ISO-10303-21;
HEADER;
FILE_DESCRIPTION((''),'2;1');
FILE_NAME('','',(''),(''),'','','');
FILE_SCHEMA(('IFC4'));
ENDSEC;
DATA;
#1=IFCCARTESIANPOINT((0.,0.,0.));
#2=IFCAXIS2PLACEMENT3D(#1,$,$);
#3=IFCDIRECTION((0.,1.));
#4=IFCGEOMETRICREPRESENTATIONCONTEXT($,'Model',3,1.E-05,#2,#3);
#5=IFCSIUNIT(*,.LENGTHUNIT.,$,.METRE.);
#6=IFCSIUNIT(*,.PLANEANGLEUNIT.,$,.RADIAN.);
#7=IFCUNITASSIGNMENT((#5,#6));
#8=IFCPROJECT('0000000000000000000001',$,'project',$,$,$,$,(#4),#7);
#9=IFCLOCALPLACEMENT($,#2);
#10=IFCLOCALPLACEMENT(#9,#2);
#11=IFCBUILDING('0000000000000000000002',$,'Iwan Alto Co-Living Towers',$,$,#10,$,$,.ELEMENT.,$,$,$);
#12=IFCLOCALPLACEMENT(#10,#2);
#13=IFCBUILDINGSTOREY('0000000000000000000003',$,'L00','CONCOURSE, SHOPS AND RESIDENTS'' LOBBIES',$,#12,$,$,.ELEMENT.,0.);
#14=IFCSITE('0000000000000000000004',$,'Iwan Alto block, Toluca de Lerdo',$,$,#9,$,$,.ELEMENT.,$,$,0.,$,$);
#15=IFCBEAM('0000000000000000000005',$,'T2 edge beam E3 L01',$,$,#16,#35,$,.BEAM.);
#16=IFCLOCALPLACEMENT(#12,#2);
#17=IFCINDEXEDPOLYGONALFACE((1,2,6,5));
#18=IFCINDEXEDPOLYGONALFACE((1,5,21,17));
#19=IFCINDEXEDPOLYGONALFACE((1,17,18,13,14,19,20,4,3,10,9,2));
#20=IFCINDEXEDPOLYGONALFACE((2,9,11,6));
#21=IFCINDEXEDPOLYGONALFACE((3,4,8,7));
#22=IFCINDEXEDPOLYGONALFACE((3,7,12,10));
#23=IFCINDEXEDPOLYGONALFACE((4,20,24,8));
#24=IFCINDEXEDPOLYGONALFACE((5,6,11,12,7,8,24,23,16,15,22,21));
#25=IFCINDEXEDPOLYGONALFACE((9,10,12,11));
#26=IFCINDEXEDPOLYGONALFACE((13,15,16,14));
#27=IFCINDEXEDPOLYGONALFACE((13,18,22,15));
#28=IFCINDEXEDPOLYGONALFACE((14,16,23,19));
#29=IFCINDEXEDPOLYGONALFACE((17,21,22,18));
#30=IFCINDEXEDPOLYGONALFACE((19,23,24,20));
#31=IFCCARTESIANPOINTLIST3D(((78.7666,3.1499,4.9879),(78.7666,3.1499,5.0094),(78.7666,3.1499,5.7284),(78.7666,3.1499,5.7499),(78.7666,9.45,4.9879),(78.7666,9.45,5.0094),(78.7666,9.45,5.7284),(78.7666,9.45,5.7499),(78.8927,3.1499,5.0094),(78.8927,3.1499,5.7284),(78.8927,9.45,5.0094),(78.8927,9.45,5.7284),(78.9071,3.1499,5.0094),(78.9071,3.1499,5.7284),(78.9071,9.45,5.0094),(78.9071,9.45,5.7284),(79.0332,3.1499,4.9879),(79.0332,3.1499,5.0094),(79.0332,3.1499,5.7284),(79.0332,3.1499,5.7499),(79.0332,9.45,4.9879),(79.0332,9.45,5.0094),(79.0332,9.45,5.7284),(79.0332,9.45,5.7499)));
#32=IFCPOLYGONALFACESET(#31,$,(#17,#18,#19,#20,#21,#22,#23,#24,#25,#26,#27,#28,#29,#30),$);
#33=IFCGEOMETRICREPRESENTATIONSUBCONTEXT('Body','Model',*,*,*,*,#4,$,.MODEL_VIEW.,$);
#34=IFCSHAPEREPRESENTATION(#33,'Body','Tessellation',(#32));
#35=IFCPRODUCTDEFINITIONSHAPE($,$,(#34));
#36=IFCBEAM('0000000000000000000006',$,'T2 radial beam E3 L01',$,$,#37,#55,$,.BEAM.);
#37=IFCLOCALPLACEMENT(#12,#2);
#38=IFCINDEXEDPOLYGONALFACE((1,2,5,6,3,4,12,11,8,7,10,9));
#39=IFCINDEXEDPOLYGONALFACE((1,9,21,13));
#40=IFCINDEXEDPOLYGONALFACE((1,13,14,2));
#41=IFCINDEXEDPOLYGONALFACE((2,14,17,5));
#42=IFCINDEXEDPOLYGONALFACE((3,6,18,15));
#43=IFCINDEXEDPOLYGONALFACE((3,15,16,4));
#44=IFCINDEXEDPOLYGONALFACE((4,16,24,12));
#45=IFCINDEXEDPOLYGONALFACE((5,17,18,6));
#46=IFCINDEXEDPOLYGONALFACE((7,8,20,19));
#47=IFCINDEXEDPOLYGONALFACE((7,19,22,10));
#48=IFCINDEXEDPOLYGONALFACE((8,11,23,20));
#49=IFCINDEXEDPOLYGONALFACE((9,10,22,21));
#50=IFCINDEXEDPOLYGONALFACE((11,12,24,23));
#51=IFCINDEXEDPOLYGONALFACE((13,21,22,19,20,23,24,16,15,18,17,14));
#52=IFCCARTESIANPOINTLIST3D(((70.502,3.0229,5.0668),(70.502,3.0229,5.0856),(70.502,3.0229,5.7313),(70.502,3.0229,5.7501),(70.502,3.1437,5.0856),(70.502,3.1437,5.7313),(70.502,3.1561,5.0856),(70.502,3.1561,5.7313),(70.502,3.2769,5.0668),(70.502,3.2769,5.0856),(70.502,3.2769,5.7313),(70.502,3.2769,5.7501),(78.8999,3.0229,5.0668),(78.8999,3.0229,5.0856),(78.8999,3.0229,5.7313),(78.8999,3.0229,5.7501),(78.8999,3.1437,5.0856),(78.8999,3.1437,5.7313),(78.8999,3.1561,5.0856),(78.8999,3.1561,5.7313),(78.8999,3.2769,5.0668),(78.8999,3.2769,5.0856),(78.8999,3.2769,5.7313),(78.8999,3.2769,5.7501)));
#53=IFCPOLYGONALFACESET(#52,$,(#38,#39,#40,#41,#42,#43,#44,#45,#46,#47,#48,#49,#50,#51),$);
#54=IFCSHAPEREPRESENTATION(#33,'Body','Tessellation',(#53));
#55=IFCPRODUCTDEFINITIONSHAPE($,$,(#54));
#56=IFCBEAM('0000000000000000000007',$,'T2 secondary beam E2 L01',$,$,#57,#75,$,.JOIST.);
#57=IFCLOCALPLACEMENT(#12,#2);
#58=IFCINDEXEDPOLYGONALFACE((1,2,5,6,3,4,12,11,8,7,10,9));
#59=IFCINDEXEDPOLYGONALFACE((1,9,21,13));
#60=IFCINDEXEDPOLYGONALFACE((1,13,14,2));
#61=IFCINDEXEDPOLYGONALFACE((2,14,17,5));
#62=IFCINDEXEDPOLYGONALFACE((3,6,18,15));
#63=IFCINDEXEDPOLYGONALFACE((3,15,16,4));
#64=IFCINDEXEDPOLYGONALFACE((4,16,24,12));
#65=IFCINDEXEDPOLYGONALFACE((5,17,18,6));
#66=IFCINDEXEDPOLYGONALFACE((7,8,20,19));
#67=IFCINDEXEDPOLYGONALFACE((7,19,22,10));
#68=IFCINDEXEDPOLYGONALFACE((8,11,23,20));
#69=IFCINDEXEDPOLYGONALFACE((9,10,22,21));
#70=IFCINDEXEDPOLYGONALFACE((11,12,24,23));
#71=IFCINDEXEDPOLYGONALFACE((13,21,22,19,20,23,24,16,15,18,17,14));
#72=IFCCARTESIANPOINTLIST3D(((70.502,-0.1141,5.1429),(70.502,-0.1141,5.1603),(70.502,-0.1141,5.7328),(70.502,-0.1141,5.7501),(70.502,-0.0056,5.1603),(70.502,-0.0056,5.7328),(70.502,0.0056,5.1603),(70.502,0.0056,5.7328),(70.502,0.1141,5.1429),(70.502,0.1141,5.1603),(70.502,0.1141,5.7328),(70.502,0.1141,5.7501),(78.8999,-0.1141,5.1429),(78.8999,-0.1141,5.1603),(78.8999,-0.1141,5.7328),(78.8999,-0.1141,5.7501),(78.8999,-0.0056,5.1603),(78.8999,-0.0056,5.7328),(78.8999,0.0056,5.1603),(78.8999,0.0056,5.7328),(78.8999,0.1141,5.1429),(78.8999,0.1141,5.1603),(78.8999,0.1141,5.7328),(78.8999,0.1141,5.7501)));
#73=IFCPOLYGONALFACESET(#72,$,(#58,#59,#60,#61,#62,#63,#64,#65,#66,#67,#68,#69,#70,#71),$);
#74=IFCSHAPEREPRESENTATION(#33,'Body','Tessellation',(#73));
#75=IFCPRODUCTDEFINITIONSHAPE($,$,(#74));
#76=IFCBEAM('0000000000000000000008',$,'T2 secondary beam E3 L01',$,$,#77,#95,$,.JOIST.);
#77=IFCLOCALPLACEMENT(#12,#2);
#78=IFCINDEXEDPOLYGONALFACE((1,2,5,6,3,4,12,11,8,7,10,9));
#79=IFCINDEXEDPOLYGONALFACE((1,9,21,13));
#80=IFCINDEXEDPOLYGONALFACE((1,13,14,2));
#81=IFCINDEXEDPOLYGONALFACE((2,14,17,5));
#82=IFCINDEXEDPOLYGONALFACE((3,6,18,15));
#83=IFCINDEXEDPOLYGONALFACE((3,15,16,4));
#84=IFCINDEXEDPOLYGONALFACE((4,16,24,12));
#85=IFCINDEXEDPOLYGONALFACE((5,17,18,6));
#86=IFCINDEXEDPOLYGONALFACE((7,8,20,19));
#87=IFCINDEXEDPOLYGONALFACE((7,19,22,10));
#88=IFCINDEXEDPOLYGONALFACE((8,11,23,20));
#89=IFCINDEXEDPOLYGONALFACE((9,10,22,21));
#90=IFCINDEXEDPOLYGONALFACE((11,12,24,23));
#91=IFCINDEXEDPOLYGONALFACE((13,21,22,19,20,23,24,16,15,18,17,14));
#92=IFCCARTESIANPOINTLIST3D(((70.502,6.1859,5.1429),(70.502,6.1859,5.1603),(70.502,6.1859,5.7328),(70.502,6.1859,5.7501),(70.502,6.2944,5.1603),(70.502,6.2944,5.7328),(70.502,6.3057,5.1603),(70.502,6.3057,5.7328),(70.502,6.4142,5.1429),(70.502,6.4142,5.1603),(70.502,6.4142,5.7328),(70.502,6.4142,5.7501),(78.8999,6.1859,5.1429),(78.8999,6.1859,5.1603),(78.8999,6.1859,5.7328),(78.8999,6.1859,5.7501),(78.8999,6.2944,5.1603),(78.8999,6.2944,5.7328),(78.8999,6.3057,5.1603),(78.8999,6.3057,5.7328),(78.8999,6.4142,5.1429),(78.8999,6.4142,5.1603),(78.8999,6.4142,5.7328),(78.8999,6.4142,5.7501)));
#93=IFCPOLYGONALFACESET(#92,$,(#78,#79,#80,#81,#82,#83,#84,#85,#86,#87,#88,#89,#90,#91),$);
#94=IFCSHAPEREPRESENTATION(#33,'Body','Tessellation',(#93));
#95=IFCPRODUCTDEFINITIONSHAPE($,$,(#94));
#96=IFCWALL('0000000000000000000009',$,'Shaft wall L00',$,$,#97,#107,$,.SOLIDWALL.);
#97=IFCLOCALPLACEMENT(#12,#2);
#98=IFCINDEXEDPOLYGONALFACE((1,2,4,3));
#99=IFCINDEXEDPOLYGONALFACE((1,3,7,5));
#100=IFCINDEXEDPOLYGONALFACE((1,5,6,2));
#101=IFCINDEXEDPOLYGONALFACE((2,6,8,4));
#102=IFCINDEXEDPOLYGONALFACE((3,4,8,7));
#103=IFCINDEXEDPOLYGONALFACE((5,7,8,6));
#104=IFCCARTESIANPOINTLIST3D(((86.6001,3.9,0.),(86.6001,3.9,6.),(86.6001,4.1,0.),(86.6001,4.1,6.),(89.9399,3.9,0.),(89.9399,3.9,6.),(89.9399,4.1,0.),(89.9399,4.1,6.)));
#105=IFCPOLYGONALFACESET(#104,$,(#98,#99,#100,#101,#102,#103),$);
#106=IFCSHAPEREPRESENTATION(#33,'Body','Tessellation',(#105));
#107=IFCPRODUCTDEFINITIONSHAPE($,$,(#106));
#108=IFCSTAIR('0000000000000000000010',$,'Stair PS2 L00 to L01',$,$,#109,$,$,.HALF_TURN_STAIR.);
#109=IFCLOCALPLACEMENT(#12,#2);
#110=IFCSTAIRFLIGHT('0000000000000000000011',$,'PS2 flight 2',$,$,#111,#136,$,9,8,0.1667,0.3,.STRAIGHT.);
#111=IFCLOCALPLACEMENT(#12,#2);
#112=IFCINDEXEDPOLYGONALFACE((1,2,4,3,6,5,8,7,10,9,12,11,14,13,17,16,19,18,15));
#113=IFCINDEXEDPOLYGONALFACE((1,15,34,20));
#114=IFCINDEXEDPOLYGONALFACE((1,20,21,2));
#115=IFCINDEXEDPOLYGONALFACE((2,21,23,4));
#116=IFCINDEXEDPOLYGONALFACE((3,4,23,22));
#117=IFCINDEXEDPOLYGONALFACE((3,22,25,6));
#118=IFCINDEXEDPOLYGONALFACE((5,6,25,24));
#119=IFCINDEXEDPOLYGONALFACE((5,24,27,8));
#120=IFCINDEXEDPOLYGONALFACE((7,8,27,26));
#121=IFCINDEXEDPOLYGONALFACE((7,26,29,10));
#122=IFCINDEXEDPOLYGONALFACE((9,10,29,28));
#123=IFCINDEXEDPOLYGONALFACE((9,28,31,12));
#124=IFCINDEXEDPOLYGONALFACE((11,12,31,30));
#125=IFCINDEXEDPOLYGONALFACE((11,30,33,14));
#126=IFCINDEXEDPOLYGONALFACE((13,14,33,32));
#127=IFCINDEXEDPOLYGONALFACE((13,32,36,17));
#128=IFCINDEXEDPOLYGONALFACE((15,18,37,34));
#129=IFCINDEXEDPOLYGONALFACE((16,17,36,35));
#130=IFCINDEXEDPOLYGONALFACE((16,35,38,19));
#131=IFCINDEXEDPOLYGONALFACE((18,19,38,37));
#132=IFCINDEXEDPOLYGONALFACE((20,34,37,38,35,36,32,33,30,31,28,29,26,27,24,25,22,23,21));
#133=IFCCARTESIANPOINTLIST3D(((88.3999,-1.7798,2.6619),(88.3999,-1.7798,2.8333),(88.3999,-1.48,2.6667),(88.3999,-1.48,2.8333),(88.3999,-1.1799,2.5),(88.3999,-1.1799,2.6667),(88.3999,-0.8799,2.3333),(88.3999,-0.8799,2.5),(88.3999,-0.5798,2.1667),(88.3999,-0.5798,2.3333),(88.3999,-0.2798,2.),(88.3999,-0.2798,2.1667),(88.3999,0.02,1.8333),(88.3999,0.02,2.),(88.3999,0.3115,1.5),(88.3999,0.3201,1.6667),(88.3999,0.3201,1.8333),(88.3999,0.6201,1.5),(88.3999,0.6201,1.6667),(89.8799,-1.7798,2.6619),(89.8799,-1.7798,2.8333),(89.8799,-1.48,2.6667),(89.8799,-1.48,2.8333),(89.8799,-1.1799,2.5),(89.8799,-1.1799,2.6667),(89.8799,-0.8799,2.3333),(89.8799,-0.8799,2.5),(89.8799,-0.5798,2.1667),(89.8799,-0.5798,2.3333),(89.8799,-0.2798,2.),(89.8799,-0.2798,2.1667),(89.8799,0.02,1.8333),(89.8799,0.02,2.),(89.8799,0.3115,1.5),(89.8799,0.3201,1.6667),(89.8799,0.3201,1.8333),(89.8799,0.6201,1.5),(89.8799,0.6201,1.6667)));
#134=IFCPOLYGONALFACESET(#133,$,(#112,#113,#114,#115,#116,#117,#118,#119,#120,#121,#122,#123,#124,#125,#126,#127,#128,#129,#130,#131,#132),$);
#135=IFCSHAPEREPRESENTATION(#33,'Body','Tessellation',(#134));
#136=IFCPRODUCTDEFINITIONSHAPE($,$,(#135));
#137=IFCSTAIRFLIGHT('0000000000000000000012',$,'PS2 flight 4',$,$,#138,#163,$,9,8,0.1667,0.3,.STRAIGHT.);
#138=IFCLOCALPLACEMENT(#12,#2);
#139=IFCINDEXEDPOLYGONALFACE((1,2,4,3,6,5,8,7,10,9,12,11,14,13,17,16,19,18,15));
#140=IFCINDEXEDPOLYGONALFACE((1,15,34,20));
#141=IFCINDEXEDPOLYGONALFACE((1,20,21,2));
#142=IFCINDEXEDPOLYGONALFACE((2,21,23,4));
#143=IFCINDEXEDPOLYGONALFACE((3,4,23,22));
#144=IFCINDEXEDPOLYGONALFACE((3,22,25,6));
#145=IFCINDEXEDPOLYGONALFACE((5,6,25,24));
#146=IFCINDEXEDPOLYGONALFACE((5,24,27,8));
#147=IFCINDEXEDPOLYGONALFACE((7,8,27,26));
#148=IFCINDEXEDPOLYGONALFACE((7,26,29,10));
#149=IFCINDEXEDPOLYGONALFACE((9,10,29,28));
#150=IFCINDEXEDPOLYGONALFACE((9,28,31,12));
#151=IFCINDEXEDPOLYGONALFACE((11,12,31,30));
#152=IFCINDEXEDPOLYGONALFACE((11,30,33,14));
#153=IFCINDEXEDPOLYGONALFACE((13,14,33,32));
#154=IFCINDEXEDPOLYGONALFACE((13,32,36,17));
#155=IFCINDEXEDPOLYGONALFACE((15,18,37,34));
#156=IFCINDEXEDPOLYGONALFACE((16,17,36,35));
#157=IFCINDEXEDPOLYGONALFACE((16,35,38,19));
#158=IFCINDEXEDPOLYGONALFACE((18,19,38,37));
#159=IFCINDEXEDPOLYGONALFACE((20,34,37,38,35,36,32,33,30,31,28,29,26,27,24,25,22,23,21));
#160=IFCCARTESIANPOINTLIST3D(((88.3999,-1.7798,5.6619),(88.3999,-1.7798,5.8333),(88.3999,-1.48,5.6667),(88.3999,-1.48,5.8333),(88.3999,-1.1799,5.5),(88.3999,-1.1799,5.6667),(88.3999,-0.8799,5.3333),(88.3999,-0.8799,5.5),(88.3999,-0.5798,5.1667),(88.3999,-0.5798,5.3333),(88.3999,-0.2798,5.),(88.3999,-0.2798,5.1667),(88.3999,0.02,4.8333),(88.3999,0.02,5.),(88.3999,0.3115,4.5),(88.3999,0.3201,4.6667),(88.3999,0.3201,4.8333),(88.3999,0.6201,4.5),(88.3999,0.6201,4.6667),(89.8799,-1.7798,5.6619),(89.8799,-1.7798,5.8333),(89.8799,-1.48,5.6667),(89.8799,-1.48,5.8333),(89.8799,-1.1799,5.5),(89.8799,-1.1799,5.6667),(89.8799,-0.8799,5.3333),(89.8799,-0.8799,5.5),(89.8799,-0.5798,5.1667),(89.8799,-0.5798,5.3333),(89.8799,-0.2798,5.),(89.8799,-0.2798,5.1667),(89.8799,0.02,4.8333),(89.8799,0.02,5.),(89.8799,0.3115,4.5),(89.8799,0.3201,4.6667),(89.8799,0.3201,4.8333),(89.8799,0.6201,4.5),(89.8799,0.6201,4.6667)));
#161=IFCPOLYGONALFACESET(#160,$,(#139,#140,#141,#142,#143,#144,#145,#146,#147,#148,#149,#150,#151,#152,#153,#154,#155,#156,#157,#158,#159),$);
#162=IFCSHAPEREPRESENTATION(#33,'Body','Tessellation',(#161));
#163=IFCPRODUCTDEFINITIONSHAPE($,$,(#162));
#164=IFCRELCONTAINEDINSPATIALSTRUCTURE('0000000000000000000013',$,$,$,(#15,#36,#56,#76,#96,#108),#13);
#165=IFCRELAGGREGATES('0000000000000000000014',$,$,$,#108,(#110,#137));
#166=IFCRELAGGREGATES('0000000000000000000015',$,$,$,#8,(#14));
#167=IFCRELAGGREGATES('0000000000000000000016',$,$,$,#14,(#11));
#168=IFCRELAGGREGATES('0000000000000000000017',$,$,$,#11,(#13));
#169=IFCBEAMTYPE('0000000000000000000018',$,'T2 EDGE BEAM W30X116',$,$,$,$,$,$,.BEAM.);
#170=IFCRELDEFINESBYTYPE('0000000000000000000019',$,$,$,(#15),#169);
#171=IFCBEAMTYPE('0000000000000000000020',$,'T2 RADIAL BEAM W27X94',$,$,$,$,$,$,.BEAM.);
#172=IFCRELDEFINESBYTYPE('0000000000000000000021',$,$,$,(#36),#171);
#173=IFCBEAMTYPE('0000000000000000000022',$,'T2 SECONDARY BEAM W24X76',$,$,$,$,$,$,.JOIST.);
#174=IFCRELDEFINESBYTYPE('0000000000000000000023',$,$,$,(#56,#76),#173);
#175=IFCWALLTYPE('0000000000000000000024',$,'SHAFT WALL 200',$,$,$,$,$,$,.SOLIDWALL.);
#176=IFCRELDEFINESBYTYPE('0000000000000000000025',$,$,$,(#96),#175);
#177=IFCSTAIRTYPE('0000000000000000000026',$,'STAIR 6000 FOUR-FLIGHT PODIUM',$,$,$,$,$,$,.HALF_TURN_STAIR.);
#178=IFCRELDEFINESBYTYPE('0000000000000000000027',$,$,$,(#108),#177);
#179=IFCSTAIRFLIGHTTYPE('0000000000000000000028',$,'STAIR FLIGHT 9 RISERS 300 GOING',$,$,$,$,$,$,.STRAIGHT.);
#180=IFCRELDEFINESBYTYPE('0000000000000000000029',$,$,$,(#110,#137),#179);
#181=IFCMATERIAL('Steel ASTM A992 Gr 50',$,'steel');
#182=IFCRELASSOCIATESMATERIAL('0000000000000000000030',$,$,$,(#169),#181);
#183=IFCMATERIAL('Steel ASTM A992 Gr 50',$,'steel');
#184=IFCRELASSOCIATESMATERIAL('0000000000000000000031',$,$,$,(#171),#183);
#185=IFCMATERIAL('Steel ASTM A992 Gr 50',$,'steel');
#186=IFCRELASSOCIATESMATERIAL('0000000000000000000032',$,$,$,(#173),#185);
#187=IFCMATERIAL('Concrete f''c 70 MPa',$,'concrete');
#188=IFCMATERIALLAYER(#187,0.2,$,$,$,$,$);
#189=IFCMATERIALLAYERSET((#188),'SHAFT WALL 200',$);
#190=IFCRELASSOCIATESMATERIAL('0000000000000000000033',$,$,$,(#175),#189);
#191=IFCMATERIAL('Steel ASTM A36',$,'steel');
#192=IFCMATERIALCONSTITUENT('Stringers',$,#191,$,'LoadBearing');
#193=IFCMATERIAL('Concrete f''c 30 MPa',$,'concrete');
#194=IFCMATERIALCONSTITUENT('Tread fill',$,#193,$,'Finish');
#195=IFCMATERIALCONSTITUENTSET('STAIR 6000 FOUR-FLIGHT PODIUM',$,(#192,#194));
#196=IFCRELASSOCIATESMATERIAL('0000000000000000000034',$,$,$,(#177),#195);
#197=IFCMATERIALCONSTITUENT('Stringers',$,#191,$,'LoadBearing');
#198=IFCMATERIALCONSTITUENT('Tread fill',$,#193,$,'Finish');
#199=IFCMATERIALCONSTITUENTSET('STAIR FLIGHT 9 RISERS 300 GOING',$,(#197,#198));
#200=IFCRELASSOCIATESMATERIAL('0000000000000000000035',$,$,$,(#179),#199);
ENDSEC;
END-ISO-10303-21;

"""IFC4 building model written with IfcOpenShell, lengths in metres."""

from ifc_helpers import new_model, si_unit, direction, frame, frame_2d, origin, origin_2d, place, context, subcontext, project, spatial, polyline, rectangle, i_section, outline, extrude, material, layer, layer_set, constituent, constituent_set, material_profile, profile_set, type_object, element, aggregate, save


model = new_model("IFC4")

# Units and contexts
model_context = context("Model", 3, precision=1e-05, world=origin(), true_north=direction((0.0, 1.0)))
body_context = subcontext(model_context, "Body", "Model", "MODEL_VIEW")
ifc_project = project(units=[si_unit("LENGTHUNIT", "METRE"), si_unit("PLANEANGLEUNIT", "RADIAN")], contexts=[model_context])

# Site, building, storey
site_placement = place(None, origin())
site = spatial("IfcSite", under=ifc_project, at=site_placement, Name="Iwan Alto block, Toluca de Lerdo", CompositionType="ELEMENT", RefElevation=0.0)
building_placement = place(site_placement, origin())
building = spatial("IfcBuilding", under=site, at=building_placement, Name="Iwan Alto Co-Living Towers", CompositionType="ELEMENT")
storey_placement = place(building_placement, origin())
storey = spatial("IfcBuildingStorey", under=building, at=storey_placement, Name="L00", Description="CONCOURSE, SHOPS AND RESIDENTS' LOBBIES", CompositionType="ELEMENT", Elevation=0.0)

# Beams
ifc_material_1 = material(Name="Steel ASTM A992 Gr 50", Category="steel")
ifc_material_profile_1 = material_profile(ifc_material_1, i_section(OverallWidth=0.2666, OverallDepth=0.762, WebThickness=0.0144, FlangeThickness=0.0215, at=origin_2d()), Name="W30X116")
ifc_profile_set_1 = profile_set([ifc_material_profile_1], Name="Steel ASTM A992 Gr 50")
beam_type_1 = type_object("IfcBeamType", Name="T2 EDGE BEAM W30X116", PredefinedType="BEAM", material=ifc_profile_set_1)
beam_1_placement = place(storey_placement, frame((78.8999, 3.1499, 5.3689), z_axis=(0.0, 1.0, 0.0), x_axis=(-1.0, 0.0, 0.0)))
element("IfcBeam", 1, at=beam_1_placement, inside=storey, type_object=beam_type_1, Name="T2 edge beam E3 L01", PredefinedType="BEAM", context=body_context, shape_type="SweptSolid", body=[
    extrude(i_section(OverallWidth=0.2666, OverallDepth=0.762, WebThickness=0.0144, FlangeThickness=0.0215, at=origin_2d()), origin(), (0.0, 0.0, 1.0), 6.3),
])
ifc_material_2 = material(Name="Steel ASTM A992 Gr 50", Category="steel")
ifc_material_profile_2 = material_profile(ifc_material_2, i_section(OverallWidth=0.2539, OverallDepth=0.6833, WebThickness=0.0125, FlangeThickness=0.0188, at=origin_2d()), Name="W27X94")
ifc_profile_set_2 = profile_set([ifc_material_profile_2], Name="Steel ASTM A992 Gr 50")
beam_type_2 = type_object("IfcBeamType", Name="T2 RADIAL BEAM W27X94", PredefinedType="BEAM", material=ifc_profile_set_2)
beam_2_placement = place(storey_placement, frame((78.8999, 3.1499, 5.4084), z_axis=(-1.0, 0.0, 0.0), x_axis=(0.0, -1.0, 0.0)))
element("IfcBeam", 2, at=beam_2_placement, inside=storey, type_object=beam_type_2, Name="T2 radial beam E3 L01", PredefinedType="BEAM", context=body_context, shape_type="SweptSolid", body=[
    extrude(i_section(OverallWidth=0.2539, OverallDepth=0.6833, WebThickness=0.0125, FlangeThickness=0.0188, at=origin_2d()), origin(), (0.0, 0.0, 1.0), 8.3979),
])
ifc_material_3 = material(Name="Steel ASTM A992 Gr 50", Category="steel")
ifc_material_profile_3 = material_profile(ifc_material_3, i_section(OverallWidth=0.2283, OverallDepth=0.6072, WebThickness=0.0112, FlangeThickness=0.0173, at=origin_2d()), Name="W24X76")
ifc_profile_set_3 = profile_set([ifc_material_profile_3], Name="Steel ASTM A992 Gr 50")
beam_type_3 = type_object("IfcBeamType", Name="T2 SECONDARY BEAM W24X76", PredefinedType="JOIST", material=ifc_profile_set_3)
for number, where, z_axis, x_axis, name in (
    (3, (78.8999, 0.0, 5.4465), (-1.0, 0.0, 0.0), (0.0, -1.0, 0.0), "T2 secondary beam E2 L01"),
    (4, (78.8999, 6.3, 5.4465), (-1.0, 0.0, 0.0), (0.0, -1.0, 0.0), "T2 secondary beam E3 L01"),
):
    element("IfcBeam", number, at=place(storey_placement, frame(where, z_axis=z_axis, x_axis=x_axis)), inside=storey, type_object=beam_type_3, Name=name, PredefinedType="JOIST", context=body_context, shape_type="SweptSolid", body=[
        extrude(i_section(OverallWidth=0.2283, OverallDepth=0.6072, WebThickness=0.0112, FlangeThickness=0.0173, at=origin_2d()), origin(), (0.0, 0.0, 1.0), 8.3979),
    ])

# Wall
ifc_material_4 = material(Name="Concrete f'c 70 MPa", Category="concrete")
ifc_layer = layer(ifc_material_4, 0.2)
ifc_layer_set = layer_set([ifc_layer], Name="SHAFT WALL 200")
wall_type = type_object("IfcWallType", Name="SHAFT WALL 200", PredefinedType="SOLIDWALL", material=ifc_layer_set)
wall_placement = place(storey_placement, frame((86.6001, 4.0, 0.0), z_axis=(0.0, 0.0, 1.0), x_axis=(1.0, 0.0, 0.0)))
element("IfcWall", 5, at=wall_placement, inside=storey, type_object=wall_type, Name="Shaft wall L00", PredefinedType="SOLIDWALL", context=body_context, shape_type="SweptSolid", body=[
    extrude(rectangle(XDim=3.3398, YDim=0.2, at=frame_2d((1.6699, 0.0))), origin(), (0.0, 0.0, 1.0), 6.0),
])

# Stair, stair flights
ifc_material_5 = material(Name="Steel ASTM A36", Category="steel")
ifc_constituent_1 = constituent(ifc_material_5, Name="Stringers", Category="LoadBearing")
ifc_material_6 = material(Name="Concrete f'c 30 MPa", Category="concrete")
ifc_constituent_2 = constituent(ifc_material_6, Name="Tread fill", Category="Finish")
ifc_constituent_set_1 = constituent_set(constituents=[ifc_constituent_1, ifc_constituent_2], Name="STAIR 6000 FOUR-FLIGHT PODIUM")
stair_type = type_object("IfcStairType", Name="STAIR 6000 FOUR-FLIGHT PODIUM", PredefinedType="HALF_TURN_STAIR", material=ifc_constituent_set_1)
stair_placement = place(storey_placement, origin())
stair = element("IfcStair", 6, at=stair_placement, inside=storey, type_object=stair_type, Name="Stair PS2 L00 to L01", PredefinedType="HALF_TURN_STAIR")
ifc_constituent_3 = constituent(ifc_material_5, Name="Stringers", Category="LoadBearing")
ifc_constituent_4 = constituent(ifc_material_6, Name="Tread fill", Category="Finish")
ifc_constituent_set_2 = constituent_set(constituents=[ifc_constituent_3, ifc_constituent_4], Name="STAIR FLIGHT 9 RISERS 300 GOING")
stair_flight_type = type_object("IfcStairFlightType", Name="STAIR FLIGHT 9 RISERS 300 GOING", PredefinedType="STRAIGHT", material=ifc_constituent_set_2)
stair_flight_1_placement = place(storey_placement, frame((89.1399, 0.6201, 1.5), z_axis=(0.0, 0.0, 1.0), x_axis=(0.0, -1.0, 0.0)))
stair_flight_1 = element("IfcStairFlight", 7, at=stair_flight_1_placement, type_object=stair_flight_type, Name="PS2 flight 2", NumberOfRisers=9, NumberOfTreads=8, PredefinedType="STRAIGHT", RiserHeight=0.1667, TreadLength=0.3, context=body_context, shape_type="SweptSolid", body=[
    extrude(outline(polyline([(0.0, 0.0), (0.0, 0.1667), (0.3, 0.1667), (0.3, 0.3333), (0.6001, 0.3333), (0.6001, 0.5), (0.8999, 0.5), (0.8999, 0.6667), (1.2, 0.6667), (1.2, 0.8333), (1.5, 0.8333), (1.5, 1.0), (1.8, 1.0), (1.8, 1.1667), (2.1001, 1.1667), (2.1001, 1.3333), (2.3999, 1.3333), (2.3999, 1.5), (2.3999, 1.1619), (0.3086, 0.0), (0.0, 0.0)])), frame((0.0, 0.74, 0.0), z_axis=(0.0, -1.0, 0.0), x_axis=(1.0, 0.0, 0.0)), (0.0, 0.0, 1.0), 1.48),
])
stair_flight_2_placement = place(storey_placement, frame((89.1399, 0.6201, 4.5), z_axis=(0.0, 0.0, 1.0), x_axis=(0.0, -1.0, 0.0)))
stair_flight_2 = element("IfcStairFlight", 8, at=stair_flight_2_placement, type_object=stair_flight_type, Name="PS2 flight 4", NumberOfRisers=9, NumberOfTreads=8, PredefinedType="STRAIGHT", RiserHeight=0.1667, TreadLength=0.3, context=body_context, shape_type="SweptSolid", body=[
    extrude(outline(polyline([(0.0, 0.0), (0.0, 0.1667), (0.3, 0.1667), (0.3, 0.3333), (0.6001, 0.3333), (0.6001, 0.5), (0.8999, 0.5), (0.8999, 0.6667), (1.2, 0.6667), (1.2, 0.8333), (1.5, 0.8333), (1.5, 1.0), (1.8, 1.0), (1.8, 1.1667), (2.1001, 1.1667), (2.1001, 1.3333), (2.3999, 1.3333), (2.3999, 1.5), (2.3999, 1.1619), (0.3086, 0.0), (0.0, 0.0)])), frame((0.0, 0.74, 0.0), z_axis=(0.0, -1.0, 0.0), x_axis=(1.0, 0.0, 0.0)), (0.0, 0.0, 1.0), 1.48),
])
aggregate(stair, [stair_flight_1, stair_flight_2])

save(model, "model.ifc")
